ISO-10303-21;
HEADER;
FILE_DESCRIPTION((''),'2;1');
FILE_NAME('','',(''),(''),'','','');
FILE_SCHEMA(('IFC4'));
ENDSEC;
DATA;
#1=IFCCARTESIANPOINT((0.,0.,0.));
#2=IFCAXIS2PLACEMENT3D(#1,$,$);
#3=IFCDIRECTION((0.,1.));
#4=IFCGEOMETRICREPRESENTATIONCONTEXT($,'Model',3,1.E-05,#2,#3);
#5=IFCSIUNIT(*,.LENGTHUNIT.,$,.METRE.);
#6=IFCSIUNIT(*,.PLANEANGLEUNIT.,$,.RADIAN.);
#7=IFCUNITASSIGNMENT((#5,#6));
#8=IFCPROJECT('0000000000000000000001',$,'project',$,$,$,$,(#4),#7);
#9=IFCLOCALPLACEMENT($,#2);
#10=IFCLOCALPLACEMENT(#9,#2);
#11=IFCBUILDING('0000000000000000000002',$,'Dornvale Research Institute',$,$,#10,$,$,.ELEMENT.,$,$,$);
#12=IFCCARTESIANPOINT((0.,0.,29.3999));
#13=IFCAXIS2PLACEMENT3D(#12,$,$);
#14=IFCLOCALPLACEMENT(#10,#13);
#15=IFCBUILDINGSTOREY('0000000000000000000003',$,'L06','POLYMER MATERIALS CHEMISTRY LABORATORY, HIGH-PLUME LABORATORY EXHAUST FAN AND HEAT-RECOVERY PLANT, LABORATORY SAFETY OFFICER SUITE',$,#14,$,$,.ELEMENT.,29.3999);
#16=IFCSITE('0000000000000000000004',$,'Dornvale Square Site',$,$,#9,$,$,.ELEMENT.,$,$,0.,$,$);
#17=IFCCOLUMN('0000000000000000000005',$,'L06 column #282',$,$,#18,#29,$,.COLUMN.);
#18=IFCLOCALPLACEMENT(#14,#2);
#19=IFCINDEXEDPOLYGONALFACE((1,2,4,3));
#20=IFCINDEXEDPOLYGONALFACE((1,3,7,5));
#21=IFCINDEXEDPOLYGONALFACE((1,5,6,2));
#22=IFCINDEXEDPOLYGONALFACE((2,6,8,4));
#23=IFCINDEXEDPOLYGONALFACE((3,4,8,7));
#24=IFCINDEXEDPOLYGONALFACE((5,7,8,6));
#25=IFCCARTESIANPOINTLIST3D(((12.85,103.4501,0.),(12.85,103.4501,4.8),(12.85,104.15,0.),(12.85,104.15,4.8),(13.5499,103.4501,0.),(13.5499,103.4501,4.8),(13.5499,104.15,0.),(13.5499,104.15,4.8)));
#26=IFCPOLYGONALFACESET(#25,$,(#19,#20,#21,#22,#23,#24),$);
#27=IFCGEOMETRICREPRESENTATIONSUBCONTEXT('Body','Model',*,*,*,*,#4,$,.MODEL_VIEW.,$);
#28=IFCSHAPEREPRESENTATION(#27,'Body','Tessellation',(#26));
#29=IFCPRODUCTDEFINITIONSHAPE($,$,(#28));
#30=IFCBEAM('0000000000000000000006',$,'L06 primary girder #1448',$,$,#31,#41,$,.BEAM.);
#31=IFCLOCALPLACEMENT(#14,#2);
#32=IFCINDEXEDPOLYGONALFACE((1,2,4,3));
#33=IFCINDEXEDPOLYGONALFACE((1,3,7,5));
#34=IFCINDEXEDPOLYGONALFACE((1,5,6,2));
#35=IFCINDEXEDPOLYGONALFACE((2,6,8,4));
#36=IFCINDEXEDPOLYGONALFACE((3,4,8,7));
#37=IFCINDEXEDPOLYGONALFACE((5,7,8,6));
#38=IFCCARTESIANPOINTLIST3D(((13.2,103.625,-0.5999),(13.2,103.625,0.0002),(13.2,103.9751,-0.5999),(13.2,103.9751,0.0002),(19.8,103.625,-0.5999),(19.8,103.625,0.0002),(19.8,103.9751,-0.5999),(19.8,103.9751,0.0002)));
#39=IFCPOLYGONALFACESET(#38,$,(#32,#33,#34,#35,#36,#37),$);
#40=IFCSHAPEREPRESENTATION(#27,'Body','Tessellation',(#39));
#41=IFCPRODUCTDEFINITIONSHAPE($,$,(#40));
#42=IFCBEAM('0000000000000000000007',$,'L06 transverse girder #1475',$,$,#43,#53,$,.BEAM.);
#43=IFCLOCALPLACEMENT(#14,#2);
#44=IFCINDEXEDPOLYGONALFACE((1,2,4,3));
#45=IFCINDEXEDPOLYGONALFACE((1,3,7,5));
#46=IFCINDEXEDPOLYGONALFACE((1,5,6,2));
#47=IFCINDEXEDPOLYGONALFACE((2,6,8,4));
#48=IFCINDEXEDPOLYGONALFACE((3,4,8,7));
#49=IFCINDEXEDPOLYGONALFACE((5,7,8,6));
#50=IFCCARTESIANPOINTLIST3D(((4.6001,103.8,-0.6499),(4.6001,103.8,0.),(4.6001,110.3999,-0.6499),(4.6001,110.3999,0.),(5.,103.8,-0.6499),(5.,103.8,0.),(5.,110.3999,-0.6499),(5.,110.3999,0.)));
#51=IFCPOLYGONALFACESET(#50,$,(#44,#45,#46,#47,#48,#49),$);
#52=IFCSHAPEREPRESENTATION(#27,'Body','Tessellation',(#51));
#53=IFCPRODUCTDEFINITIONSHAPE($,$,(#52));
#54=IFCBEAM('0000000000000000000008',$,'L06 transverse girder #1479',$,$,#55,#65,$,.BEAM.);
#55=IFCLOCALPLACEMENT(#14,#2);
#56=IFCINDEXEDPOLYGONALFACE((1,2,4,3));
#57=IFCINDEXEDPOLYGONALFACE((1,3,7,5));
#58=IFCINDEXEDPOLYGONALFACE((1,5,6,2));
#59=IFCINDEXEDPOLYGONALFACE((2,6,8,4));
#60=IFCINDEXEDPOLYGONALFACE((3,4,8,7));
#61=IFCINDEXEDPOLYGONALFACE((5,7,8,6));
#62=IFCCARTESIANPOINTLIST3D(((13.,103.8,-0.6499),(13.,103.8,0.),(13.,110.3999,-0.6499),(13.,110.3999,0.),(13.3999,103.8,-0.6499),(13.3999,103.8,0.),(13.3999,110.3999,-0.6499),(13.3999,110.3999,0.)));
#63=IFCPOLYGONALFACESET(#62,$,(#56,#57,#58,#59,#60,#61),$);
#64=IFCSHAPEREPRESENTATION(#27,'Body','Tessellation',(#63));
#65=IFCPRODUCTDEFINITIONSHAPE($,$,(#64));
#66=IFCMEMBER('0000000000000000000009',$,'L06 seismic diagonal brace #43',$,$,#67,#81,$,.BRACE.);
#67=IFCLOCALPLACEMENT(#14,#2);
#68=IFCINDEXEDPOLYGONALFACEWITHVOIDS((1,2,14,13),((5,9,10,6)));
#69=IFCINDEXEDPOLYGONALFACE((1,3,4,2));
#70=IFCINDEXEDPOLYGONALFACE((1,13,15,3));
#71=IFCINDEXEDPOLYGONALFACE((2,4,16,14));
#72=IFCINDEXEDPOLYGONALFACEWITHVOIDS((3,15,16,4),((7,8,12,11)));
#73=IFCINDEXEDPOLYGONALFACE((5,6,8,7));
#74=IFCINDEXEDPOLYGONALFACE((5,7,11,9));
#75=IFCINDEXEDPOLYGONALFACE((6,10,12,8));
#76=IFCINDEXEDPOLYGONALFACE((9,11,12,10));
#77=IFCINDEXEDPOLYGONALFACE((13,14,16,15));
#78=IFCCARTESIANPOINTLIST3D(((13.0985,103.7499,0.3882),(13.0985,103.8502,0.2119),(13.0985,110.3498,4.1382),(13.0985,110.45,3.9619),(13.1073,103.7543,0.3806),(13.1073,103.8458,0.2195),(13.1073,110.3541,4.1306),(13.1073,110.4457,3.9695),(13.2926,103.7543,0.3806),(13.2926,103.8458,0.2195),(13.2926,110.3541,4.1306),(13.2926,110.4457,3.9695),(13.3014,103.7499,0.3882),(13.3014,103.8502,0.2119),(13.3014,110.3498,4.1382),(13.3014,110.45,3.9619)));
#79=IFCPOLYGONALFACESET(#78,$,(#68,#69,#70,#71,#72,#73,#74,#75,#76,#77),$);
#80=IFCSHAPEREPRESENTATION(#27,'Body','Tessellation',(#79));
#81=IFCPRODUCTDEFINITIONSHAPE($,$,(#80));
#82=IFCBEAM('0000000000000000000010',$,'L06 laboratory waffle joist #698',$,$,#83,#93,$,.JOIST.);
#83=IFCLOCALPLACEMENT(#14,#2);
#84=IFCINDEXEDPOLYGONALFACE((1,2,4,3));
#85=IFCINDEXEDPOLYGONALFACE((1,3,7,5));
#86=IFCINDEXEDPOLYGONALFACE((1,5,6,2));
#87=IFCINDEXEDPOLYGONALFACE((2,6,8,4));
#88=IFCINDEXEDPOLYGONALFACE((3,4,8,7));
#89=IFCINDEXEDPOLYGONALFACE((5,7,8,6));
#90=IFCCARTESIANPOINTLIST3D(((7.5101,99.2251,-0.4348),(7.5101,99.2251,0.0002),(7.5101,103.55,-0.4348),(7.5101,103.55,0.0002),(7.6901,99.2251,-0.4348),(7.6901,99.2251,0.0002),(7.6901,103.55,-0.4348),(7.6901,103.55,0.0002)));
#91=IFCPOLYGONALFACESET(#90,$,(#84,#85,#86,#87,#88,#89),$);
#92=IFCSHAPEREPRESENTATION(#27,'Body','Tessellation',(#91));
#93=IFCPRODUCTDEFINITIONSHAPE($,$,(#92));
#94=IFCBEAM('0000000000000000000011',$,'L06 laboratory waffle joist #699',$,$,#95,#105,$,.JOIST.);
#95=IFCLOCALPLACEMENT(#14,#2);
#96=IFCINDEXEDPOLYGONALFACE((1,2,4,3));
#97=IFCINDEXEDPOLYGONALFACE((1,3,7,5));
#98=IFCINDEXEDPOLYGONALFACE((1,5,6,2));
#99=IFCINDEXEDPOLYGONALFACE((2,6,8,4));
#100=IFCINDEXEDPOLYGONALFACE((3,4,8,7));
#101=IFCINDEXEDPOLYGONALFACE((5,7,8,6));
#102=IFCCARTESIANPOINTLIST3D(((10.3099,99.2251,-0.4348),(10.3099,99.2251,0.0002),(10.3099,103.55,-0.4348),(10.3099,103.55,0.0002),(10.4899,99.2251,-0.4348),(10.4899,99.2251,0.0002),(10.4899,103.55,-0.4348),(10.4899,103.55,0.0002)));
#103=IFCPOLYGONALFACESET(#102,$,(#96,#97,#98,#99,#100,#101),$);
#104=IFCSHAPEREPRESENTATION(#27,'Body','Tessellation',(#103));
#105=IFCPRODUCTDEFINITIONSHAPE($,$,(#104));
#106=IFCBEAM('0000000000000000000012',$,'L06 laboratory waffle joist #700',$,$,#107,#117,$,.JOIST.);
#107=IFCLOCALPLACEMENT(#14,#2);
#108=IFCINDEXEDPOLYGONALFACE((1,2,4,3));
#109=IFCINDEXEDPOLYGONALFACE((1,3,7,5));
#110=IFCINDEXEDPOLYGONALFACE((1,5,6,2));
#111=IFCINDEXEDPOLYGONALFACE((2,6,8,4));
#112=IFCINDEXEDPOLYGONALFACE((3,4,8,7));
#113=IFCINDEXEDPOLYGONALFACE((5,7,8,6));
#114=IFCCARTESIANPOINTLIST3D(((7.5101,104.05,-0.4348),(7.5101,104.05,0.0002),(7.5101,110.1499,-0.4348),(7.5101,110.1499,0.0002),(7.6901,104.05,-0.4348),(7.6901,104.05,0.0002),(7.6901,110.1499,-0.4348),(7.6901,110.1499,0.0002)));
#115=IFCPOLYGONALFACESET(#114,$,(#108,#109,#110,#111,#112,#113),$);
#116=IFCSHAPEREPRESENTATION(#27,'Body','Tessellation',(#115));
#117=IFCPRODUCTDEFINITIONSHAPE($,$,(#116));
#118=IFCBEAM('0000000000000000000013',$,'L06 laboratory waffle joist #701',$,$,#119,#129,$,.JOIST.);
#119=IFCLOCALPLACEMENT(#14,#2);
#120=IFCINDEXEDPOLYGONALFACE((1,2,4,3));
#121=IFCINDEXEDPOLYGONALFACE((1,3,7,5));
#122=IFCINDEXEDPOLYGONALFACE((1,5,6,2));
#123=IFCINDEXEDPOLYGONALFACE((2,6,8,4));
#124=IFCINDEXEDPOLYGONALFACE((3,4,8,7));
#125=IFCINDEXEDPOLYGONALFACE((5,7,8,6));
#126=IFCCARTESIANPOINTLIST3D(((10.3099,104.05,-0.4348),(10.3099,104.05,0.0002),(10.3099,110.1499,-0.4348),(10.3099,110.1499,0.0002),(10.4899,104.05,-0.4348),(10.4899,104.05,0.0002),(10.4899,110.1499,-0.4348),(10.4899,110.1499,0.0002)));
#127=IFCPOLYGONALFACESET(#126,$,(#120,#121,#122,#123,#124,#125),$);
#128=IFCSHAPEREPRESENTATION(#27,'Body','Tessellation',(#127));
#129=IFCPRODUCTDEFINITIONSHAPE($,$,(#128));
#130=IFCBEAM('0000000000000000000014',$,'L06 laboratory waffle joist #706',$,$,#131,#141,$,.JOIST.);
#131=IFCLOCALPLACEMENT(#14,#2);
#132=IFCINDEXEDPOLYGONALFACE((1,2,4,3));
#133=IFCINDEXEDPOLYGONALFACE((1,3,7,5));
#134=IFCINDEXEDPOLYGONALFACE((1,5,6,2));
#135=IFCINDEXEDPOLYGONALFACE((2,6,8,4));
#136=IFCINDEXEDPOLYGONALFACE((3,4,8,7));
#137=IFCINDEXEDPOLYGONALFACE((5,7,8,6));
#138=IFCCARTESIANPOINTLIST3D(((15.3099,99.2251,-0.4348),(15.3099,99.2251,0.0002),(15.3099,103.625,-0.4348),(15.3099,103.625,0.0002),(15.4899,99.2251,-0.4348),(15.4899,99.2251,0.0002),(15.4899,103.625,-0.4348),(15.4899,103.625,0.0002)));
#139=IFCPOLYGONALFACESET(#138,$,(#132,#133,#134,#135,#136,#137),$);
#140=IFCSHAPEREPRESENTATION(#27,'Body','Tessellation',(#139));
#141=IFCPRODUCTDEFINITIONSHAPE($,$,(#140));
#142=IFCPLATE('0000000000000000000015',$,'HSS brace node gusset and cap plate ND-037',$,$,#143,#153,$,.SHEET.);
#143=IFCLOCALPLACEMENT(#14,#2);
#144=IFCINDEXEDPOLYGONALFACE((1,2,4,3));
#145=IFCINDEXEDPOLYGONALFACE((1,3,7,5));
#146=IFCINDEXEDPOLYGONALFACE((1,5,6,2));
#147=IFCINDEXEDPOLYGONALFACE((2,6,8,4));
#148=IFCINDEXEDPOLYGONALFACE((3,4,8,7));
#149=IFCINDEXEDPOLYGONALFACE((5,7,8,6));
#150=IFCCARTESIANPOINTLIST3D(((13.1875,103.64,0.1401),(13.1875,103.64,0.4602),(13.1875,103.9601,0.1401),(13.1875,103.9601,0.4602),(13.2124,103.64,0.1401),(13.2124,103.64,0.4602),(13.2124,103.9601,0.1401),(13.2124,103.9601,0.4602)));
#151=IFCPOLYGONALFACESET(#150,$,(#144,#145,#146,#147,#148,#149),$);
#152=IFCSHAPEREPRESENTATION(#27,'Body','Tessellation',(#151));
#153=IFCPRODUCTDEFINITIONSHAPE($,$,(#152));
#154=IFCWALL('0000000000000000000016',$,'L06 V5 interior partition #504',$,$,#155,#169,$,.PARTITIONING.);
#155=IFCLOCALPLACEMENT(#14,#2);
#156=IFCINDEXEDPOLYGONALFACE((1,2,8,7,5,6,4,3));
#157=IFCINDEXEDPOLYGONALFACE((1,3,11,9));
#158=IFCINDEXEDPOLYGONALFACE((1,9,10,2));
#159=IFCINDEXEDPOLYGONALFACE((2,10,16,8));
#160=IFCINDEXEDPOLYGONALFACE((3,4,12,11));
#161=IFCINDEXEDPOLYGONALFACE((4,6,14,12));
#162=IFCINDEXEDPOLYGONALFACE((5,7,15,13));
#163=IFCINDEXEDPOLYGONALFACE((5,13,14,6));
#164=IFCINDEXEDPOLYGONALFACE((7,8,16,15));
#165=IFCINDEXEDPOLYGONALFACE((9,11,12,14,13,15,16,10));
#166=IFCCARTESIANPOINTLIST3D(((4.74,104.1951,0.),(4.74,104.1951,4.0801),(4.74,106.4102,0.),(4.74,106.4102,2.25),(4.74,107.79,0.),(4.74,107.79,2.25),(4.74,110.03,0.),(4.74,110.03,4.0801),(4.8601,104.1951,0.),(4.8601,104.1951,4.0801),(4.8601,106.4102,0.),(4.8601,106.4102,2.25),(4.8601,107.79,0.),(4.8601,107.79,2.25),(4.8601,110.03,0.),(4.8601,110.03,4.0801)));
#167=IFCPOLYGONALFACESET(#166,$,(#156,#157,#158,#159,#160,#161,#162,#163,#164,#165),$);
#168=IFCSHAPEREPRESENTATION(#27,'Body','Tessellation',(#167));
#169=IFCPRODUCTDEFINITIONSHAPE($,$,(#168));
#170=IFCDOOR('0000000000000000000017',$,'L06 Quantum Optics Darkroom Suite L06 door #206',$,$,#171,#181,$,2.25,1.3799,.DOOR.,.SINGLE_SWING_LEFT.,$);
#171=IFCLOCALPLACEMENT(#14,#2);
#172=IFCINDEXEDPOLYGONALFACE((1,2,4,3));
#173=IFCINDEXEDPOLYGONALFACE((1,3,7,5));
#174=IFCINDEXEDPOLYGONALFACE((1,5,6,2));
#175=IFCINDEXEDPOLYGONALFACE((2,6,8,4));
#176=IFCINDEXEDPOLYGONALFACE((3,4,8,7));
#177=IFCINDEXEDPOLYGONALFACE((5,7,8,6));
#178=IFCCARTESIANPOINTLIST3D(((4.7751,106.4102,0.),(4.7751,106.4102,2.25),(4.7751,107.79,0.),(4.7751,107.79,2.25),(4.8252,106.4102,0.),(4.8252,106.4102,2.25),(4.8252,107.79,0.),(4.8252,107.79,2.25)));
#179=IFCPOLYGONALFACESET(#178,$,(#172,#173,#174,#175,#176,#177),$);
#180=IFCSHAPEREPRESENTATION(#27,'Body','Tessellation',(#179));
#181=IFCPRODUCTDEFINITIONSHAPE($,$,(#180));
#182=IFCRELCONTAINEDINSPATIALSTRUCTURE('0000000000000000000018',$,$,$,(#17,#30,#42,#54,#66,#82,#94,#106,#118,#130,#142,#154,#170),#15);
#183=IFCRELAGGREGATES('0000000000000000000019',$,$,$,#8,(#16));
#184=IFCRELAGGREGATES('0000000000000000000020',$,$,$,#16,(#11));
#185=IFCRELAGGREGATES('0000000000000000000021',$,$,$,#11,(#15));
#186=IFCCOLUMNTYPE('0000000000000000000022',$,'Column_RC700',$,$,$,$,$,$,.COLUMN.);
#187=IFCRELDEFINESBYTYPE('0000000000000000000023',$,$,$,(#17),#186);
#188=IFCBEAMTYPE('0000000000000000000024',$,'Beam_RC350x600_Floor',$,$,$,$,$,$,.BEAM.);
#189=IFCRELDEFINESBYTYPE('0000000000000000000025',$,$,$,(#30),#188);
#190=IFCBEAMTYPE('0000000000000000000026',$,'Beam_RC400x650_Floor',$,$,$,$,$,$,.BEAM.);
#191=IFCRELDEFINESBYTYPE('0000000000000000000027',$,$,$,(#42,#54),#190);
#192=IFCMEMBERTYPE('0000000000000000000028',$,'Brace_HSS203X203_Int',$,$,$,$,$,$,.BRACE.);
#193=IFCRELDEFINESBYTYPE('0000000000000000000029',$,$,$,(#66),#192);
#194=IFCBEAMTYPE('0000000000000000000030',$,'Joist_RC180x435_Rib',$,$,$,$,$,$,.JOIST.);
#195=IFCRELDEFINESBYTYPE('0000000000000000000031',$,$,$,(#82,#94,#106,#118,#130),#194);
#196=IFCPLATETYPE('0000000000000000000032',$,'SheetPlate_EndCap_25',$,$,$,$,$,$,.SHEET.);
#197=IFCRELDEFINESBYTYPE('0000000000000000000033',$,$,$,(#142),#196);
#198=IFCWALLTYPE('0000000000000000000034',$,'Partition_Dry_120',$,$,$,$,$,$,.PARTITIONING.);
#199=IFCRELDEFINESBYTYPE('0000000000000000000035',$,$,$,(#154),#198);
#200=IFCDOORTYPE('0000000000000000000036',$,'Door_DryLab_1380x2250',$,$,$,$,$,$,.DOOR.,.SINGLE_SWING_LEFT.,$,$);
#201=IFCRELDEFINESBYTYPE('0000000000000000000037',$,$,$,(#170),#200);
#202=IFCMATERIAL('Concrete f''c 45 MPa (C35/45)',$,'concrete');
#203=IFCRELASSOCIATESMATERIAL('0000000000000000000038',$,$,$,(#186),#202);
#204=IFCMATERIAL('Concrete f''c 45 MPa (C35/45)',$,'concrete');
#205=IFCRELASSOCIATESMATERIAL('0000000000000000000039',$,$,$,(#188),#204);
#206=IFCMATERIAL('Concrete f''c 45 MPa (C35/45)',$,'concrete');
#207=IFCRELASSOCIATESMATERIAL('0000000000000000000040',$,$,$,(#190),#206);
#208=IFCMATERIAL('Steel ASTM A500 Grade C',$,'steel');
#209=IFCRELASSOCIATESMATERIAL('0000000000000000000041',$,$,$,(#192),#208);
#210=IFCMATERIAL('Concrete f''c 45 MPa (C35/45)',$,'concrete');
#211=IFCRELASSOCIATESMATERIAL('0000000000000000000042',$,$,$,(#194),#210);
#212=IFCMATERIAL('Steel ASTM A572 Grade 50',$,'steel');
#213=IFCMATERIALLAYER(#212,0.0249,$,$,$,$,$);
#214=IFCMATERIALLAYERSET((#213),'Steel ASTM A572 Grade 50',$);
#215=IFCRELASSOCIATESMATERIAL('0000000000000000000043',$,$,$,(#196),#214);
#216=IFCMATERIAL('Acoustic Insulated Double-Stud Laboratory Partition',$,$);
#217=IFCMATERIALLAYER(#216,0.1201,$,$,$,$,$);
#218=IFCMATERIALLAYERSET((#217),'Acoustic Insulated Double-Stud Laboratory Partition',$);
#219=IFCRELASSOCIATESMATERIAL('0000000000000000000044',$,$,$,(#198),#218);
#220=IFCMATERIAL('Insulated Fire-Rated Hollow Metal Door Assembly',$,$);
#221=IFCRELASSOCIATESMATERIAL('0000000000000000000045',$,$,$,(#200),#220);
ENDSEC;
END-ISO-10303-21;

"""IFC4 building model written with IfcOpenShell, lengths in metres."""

from ifc_helpers import new_model, si_unit, direction, frame, frame_2d, origin, origin_2d, place, context, subcontext, project, spatial, rectangle, hollow_rectangle, extrude, material, layer, layer_set, material_profile, profile_set, type_object, element, fill, save


model = new_model("IFC4")

# Units and contexts
model_context = context("Model", 3, precision=1e-05, world=origin(), true_north=direction((0.0, 1.0)))
body_context = subcontext(model_context, "Body", "Model", "MODEL_VIEW")
ifc_project = project(units=[si_unit("LENGTHUNIT", "METRE"), si_unit("PLANEANGLEUNIT", "RADIAN")], contexts=[model_context])

# Site, building, storey
site_placement = place(None, origin())
site = spatial("IfcSite", under=ifc_project, at=site_placement, Name="Dornvale Square Site", CompositionType="ELEMENT", RefElevation=0.0)
building_placement = place(site_placement, origin())
building = spatial("IfcBuilding", under=site, at=building_placement, Name="Dornvale Research Institute", CompositionType="ELEMENT")
storey_placement = place(building_placement, frame((0.0, 0.0, 29.3999)))
storey = spatial("IfcBuildingStorey", under=building, at=storey_placement, Name="L06", Description="POLYMER MATERIALS CHEMISTRY LABORATORY, HIGH-PLUME LABORATORY EXHAUST FAN AND HEAT-RECOVERY PLANT, LABORATORY SAFETY OFFICER SUITE", CompositionType="ELEMENT", Elevation=29.3999)

# Column
ifc_material_1 = material(Name="Concrete f'c 45 MPa (C35/45)", Category="concrete")
ifc_material_profile_1 = material_profile(ifc_material_1, rectangle(XDim=0.7, YDim=0.7, at=origin_2d()), Name="RC 700x700")
ifc_profile_set_1 = profile_set([ifc_material_profile_1], Name="Concrete f'c 45 MPa (C35/45)")
column_type = type_object("IfcColumnType", Name="Column_RC700", PredefinedType="COLUMN", material=ifc_profile_set_1)
column_placement = place(storey_placement, frame((13.2, 103.8, 0.0), z_axis=(0.0, 0.0, 1.0), x_axis=(1.0, 0.0, 0.0)))
element("IfcColumn", 1, at=column_placement, inside=storey, type_object=column_type, Name="L06 column #282", PredefinedType="COLUMN", context=body_context, shape_type="SweptSolid", body=[
    extrude(rectangle(XDim=0.7, YDim=0.7, at=origin_2d()), origin(), (0.0, 0.0, 1.0), 4.8),
])

# Beams
ifc_material_2 = material(Name="Concrete f'c 45 MPa (C35/45)", Category="concrete")
ifc_material_profile_2 = material_profile(ifc_material_2, rectangle(XDim=0.3501, YDim=0.6001, at=origin_2d()), Name="RC 350x600")
ifc_profile_set_2 = profile_set([ifc_material_profile_2], Name="Concrete f'c 45 MPa (C35/45)")
beam_type_1 = type_object("IfcBeamType", Name="Beam_RC350x600_Floor", PredefinedType="BEAM", material=ifc_profile_set_2)
beam_1_placement = place(storey_placement, frame((13.2, 103.8, -0.2998), z_axis=(1.0, 0.0, 0.0), x_axis=(0.0, 1.0, 0.0)))
element("IfcBeam", 2, at=beam_1_placement, inside=storey, type_object=beam_type_1, Name="L06 primary girder #1448", PredefinedType="BEAM", context=body_context, shape_type="SweptSolid", body=[
    extrude(rectangle(XDim=0.3501, YDim=0.6001, at=origin_2d()), origin(), (0.0, 0.0, 1.0), 6.6001),
])
ifc_material_3 = material(Name="Concrete f'c 45 MPa (C35/45)", Category="concrete")
ifc_material_profile_3 = material_profile(ifc_material_3, rectangle(XDim=0.3999, YDim=0.6499, at=origin_2d()), Name="RC 400x650")
ifc_profile_set_3 = profile_set([ifc_material_profile_3], Name="Concrete f'c 45 MPa (C35/45)")
beam_type_2 = type_object("IfcBeamType", Name="Beam_RC400x650_Floor", PredefinedType="BEAM", material=ifc_profile_set_3)
for number, where, z_axis, x_axis, name in (
    (3, (4.8, 103.8, -0.325), (0.0, 1.0, 0.0), (-1.0, 0.0, 0.0), "L06 transverse girder #1475"),
    (4, (13.2, 103.8, -0.325), (0.0, 1.0, 0.0), (-1.0, 0.0, 0.0), "L06 transverse girder #1479"),
):
    element("IfcBeam", number, at=place(storey_placement, frame(where, z_axis=z_axis, x_axis=x_axis)), inside=storey, type_object=beam_type_2, Name=name, PredefinedType="BEAM", context=body_context, shape_type="SweptSolid", body=[
        extrude(rectangle(XDim=0.3999, YDim=0.6499, at=origin_2d()), origin(), (0.0, 0.0, 1.0), 6.5999),
    ])

# Member
ifc_material_4 = material(Name="Steel ASTM A500 Grade C", Category="steel")
ifc_material_profile_4 = material_profile(ifc_material_4, hollow_rectangle(XDim=0.2029, YDim=0.2029, WallThickness=0.0088, at=origin_2d()), Name="HSS203X203X9.5")
ifc_profile_set_4 = profile_set([ifc_material_profile_4], Name="Steel ASTM A500 Grade C")
member_type = type_object("IfcMemberType", Name="Brace_HSS203X203_Int", PredefinedType="BRACE", material=ifc_profile_set_4)
member_placement = place(storey_placement, frame((13.2, 103.8, 0.3), z_axis=(0.0, 0.869452, 0.494018), x_axis=(-1.0, 0.0, 0.0)))
element("IfcMember", 5, at=member_placement, inside=storey, type_object=member_type, Name="L06 seismic diagonal brace #43", PredefinedType="BRACE", context=body_context, shape_type="SweptSolid", body=[
    extrude(hollow_rectangle(XDim=0.2029, YDim=0.2029, WallThickness=0.0088, at=origin_2d()), origin(), (0.0, 0.0, 1.0), 7.5908),
])

# Beams
ifc_material_5 = material(Name="Concrete f'c 45 MPa (C35/45)", Category="concrete")
ifc_material_profile_5 = material_profile(ifc_material_5, rectangle(XDim=0.1799, YDim=0.4351, at=origin_2d()), Name="RC 180x435")
ifc_profile_set_5 = profile_set([ifc_material_profile_5], Name="Concrete f'c 45 MPa (C35/45)")
beam_type_3 = type_object("IfcBeamType", Name="Joist_RC180x435_Rib", PredefinedType="JOIST", material=ifc_profile_set_5)
for number, where, z_axis, x_axis, name in (
    (6, (7.6001, 99.2251, -0.2173), (0.0, 1.0, 0.0), (-1.0, 0.0, 0.0), "L06 laboratory waffle joist #698"),
    (7, (10.3999, 99.2251, -0.2173), (0.0, 1.0, 0.0), (-1.0, 0.0, 0.0), "L06 laboratory waffle joist #699"),
):
    element("IfcBeam", number, at=place(storey_placement, frame(where, z_axis=z_axis, x_axis=x_axis)), inside=storey, type_object=beam_type_3, Name=name, PredefinedType="JOIST", context=body_context, shape_type="SweptSolid", body=[
        extrude(rectangle(XDim=0.1799, YDim=0.4351, at=origin_2d()), origin(), (0.0, 0.0, 1.0), 4.325),
    ])
for number, where, z_axis, x_axis, name in (
    (8, (7.6001, 104.05, -0.2173), (0.0, 1.0, 0.0), (-1.0, 0.0, 0.0), "L06 laboratory waffle joist #700"),
    (9, (10.3999, 104.05, -0.2173), (0.0, 1.0, 0.0), (-1.0, 0.0, 0.0), "L06 laboratory waffle joist #701"),
):
    element("IfcBeam", number, at=place(storey_placement, frame(where, z_axis=z_axis, x_axis=x_axis)), inside=storey, type_object=beam_type_3, Name=name, PredefinedType="JOIST", context=body_context, shape_type="SweptSolid", body=[
        extrude(rectangle(XDim=0.1799, YDim=0.4351, at=origin_2d()), origin(), (0.0, 0.0, 1.0), 6.0999),
    ])
beam_2_placement = place(storey_placement, frame((15.3999, 99.2251, -0.2173), z_axis=(0.0, 1.0, 0.0), x_axis=(-1.0, 0.0, 0.0)))
element("IfcBeam", 10, at=beam_2_placement, inside=storey, type_object=beam_type_3, Name="L06 laboratory waffle joist #706", PredefinedType="JOIST", context=body_context, shape_type="SweptSolid", body=[
    extrude(rectangle(XDim=0.1799, YDim=0.4351, at=origin_2d()), origin(), (0.0, 0.0, 1.0), 4.3999),
])

# Plate
ifc_material_6 = material(Name="Steel ASTM A572 Grade 50", Category="steel")
ifc_layer_1 = layer(ifc_material_6, 0.0249)
ifc_layer_set_1 = layer_set([ifc_layer_1], Name="Steel ASTM A572 Grade 50")
plate_type = type_object("IfcPlateType", Name="SheetPlate_EndCap_25", PredefinedType="SHEET", material=ifc_layer_set_1)
plate_placement = place(storey_placement, frame((13.2, 103.8, 0.1401), z_axis=(0.0, 0.0, 1.0), x_axis=(0.0, 1.0, 0.0)))
element("IfcPlate", 11, at=plate_placement, inside=storey, type_object=plate_type, Name="HSS brace node gusset and cap plate ND-037", PredefinedType="SHEET", context=body_context, shape_type="SweptSolid", body=[
    extrude(rectangle(XDim=0.3201, YDim=0.0249, at=origin_2d()), origin(), (0.0, 0.0, 1.0), 0.3201),
])

# Wall, opening, door
ifc_material_7 = material(Name="Acoustic Insulated Double-Stud Laboratory Partition")
ifc_layer_2 = layer(ifc_material_7, 0.1201)
ifc_layer_set_2 = layer_set([ifc_layer_2], Name="Acoustic Insulated Double-Stud Laboratory Partition")
wall_type_1 = type_object("IfcWallType", Name="Partition_Dry_120", PredefinedType="PARTITIONING", material=ifc_layer_set_2)
wall_1_placement = place(storey_placement, frame((4.8, 104.1951, 0.0), z_axis=(0.0, 0.0, 1.0), x_axis=(0.0, 1.0, 0.0)))
wall_1 = element("IfcWall", 12, at=wall_1_placement, inside=storey, type_object=wall_type_1, Name="L06 V5 interior partition #504", PredefinedType="PARTITIONING", context=body_context, shape_type="SweptSolid", body=[
    extrude(rectangle(XDim=5.835, YDim=0.1201, at=frame_2d((2.9175, 0.0))), origin(), (0.0, 0.0, 1.0), 4.0801),
])
opening_1_placement = place(wall_1_placement, frame((2.2151, 0.0, 0.0)))
opening_1 = element("IfcOpeningElement", 13, at=opening_1_placement, cuts=wall_1, PredefinedType="OPENING", context=body_context, shape_type="SweptSolid", body=[
    extrude(rectangle(XDim=1.3799, YDim=2.25, at=frame_2d((0.6899, 1.125))), frame((0.0, 0.075, 0.0), z_axis=(0.0, -1.0, 0.0), x_axis=(1.0, 0.0, 0.0)), (0.0, 0.0, 1.0), 0.1501),
])
ifc_material_8 = material(Name="Insulated Fire-Rated Hollow Metal Door Assembly")
door_type_1 = type_object("IfcDoorType", Name="Door_DryLab_1380x2250", OperationType="SINGLE_SWING_LEFT", PredefinedType="DOOR", material=ifc_material_8)
door_1_placement = place(opening_1_placement, origin())
door_1 = element("IfcDoor", 14, at=door_1_placement, inside=storey, type_object=door_type_1, Name="L06 Quantum Optics Darkroom Suite L06 door #206", OperationType="SINGLE_SWING_LEFT", OverallHeight=2.25, OverallWidth=1.3799, PredefinedType="DOOR", context=body_context, shape_type="SweptSolid", body=[
    extrude(rectangle(XDim=1.3799, YDim=2.25, at=frame_2d((0.6899, 1.125))), frame((0.0, 0.0249, 0.0), z_axis=(0.0, -1.0, 0.0), x_axis=(1.0, 0.0, 0.0)), (0.0, 0.0, 1.0), 0.05),
])
fill(opening_1, door_1)

save(model, "model.ifc")
